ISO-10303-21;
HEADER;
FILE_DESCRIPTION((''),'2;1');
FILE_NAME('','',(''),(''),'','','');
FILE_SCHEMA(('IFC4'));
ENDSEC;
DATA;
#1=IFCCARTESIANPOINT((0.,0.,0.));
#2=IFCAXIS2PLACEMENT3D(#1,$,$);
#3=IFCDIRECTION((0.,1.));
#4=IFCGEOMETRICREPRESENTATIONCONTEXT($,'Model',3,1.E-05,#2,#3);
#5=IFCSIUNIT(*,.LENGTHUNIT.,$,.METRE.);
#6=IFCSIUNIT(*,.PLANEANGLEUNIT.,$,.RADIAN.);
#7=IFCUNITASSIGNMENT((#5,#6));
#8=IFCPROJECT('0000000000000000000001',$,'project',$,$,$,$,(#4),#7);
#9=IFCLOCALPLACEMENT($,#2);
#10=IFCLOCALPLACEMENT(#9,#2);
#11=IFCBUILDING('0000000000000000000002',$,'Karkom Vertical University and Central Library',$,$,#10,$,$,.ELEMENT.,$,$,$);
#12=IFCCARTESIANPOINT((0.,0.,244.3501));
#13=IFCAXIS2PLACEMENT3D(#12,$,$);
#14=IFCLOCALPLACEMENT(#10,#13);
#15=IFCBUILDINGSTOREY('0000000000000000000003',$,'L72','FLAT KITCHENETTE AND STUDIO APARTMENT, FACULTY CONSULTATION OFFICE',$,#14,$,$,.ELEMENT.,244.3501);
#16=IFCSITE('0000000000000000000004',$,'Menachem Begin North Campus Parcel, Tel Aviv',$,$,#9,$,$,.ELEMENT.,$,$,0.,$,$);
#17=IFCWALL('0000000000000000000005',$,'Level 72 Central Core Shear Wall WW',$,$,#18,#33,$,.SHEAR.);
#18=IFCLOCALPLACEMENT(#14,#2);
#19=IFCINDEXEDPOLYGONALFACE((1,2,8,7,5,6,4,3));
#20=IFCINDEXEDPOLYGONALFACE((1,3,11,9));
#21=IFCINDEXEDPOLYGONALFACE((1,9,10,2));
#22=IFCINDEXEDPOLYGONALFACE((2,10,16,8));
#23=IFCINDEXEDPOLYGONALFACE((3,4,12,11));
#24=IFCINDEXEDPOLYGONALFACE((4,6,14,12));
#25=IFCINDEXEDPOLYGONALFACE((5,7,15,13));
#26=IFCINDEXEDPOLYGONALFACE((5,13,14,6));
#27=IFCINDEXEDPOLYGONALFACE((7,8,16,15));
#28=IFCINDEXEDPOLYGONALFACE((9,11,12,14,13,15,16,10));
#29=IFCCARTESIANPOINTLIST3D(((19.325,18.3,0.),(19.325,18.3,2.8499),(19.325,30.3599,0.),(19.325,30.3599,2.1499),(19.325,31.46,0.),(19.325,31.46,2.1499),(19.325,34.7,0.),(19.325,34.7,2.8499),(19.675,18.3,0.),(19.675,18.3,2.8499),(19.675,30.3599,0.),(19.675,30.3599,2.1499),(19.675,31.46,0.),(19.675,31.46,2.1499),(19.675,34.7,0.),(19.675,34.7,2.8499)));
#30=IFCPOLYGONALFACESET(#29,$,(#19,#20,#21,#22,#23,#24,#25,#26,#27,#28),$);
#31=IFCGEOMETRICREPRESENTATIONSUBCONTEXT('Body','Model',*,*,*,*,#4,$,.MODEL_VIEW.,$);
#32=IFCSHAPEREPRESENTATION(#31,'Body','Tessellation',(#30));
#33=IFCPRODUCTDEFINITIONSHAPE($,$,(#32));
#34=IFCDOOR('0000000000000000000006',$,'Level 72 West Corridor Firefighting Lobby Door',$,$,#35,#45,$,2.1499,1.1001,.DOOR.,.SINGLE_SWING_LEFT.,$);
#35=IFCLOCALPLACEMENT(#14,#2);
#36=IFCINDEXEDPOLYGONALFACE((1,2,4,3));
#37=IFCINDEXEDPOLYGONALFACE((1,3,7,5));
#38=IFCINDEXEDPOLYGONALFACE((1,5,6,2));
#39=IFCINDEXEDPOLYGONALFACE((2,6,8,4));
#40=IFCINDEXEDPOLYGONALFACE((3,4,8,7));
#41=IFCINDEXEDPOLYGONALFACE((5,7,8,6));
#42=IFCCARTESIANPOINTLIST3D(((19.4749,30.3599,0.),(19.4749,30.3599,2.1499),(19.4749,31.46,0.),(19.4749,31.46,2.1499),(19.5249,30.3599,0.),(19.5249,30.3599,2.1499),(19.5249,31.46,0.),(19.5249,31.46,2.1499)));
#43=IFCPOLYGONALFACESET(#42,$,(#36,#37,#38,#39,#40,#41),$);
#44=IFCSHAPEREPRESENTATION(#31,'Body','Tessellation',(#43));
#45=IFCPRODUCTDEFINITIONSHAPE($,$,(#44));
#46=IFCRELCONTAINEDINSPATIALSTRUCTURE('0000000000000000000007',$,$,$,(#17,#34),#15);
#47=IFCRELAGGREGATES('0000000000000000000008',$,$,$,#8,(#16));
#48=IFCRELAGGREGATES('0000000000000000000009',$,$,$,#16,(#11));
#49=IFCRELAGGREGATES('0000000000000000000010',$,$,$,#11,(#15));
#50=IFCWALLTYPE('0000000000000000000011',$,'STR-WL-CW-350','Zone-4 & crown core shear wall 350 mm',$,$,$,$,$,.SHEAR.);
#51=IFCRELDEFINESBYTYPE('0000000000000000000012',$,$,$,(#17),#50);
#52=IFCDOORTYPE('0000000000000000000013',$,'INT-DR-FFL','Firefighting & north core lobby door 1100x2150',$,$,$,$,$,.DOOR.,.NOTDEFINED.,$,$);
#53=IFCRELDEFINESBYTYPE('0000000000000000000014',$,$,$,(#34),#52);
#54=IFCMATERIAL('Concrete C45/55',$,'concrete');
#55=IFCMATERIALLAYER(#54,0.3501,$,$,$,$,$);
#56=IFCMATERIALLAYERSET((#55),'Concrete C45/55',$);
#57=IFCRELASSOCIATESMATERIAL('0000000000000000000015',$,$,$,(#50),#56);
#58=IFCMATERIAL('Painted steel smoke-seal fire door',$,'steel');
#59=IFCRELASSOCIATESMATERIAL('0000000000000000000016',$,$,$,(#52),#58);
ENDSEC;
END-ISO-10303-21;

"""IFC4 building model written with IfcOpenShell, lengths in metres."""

from ifc_helpers import new_model, si_unit, direction, frame, frame_2d, origin, origin_with_axes, place, context, subcontext, project, spatial, rectangle, extrude, source, transform, mapped, material, layer, layer_set, type_object, element, fill, save


model = new_model("IFC4")

# Units and contexts
model_context = context("Model", 3, precision=1e-05, world=origin(), true_north=direction((0.0, 1.0)))
body_context = subcontext(model_context, "Body", "Model", "MODEL_VIEW")
ifc_project = project(units=[si_unit("LENGTHUNIT", "METRE"), si_unit("PLANEANGLEUNIT", "RADIAN")], contexts=[model_context])

# Site, building, storey
site_placement = place(None, origin())
site = spatial("IfcSite", under=ifc_project, at=site_placement, Name="Menachem Begin North Campus Parcel, Tel Aviv", CompositionType="ELEMENT", RefElevation=0.0)
building_placement = place(site_placement, origin())
building = spatial("IfcBuilding", under=site, at=building_placement, Name="Karkom Vertical University and Central Library", CompositionType="ELEMENT")
storey_placement = place(building_placement, frame((0.0, 0.0, 244.3501)))
storey = spatial("IfcBuildingStorey", under=building, at=storey_placement, Name="L72", Description="FLAT KITCHENETTE AND STUDIO APARTMENT, FACULTY CONSULTATION OFFICE", CompositionType="ELEMENT", Elevation=244.3501)

# Shared definitions
ifc_material_1 = material(Name="Concrete C45/55", Category="concrete")

# Wall, opening, door
ifc_layer_1 = layer(ifc_material_1, 0.3501)
ifc_layer_set_1 = layer_set([ifc_layer_1], Name="Concrete C45/55")
wall_type_1 = type_object("IfcWallType", Name="STR-WL-CW-350", Description="Zone-4 & crown core shear wall 350 mm", PredefinedType="SHEAR", material=ifc_layer_set_1)
wall_1_placement = place(storey_placement, frame((19.5, 34.7, 0.0), z_axis=(0.0, 0.0, 1.0), x_axis=(0.0, -1.0, 0.0)))
wall_1 = element("IfcWall", 1, at=wall_1_placement, inside=storey, type_object=wall_type_1, Name="Level 72 Central Core Shear Wall WW", PredefinedType="SHEAR", context=body_context, shape_type="SweptSolid", body=[
    extrude(rectangle(XDim=16.3999, YDim=0.3501, at=frame_2d((8.2, 0.0))), origin(), (0.0, 0.0, 1.0), 2.8499),
])
opening_1_placement = place(wall_1_placement, frame((3.24, 0.0, 0.0)))
opening_1 = element("IfcOpeningElement", 2, at=opening_1_placement, cuts=wall_1, PredefinedType="OPENING", context=body_context, shape_type="SweptSolid", body=[
    extrude(rectangle(XDim=1.1001, YDim=2.1499, at=frame_2d((0.55, 1.075))), frame((0.0, 0.1851, 0.0), z_axis=(0.0, -1.0, 0.0), x_axis=(1.0, 0.0, 0.0)), (0.0, 0.0, 1.0), 0.3701),
])
ifc_material_2 = material(Name="Painted steel smoke-seal fire door", Category="steel")
door_type_1 = type_object("IfcDoorType", Name="INT-DR-FFL", Description="Firefighting & north core lobby door 1100x2150", OperationType="NOTDEFINED", PredefinedType="DOOR", material=ifc_material_2)
shared_shape_1 = source(origin_with_axes(), body_context, "Body", "SweptSolid", [
    extrude(rectangle(XDim=1.1001, YDim=2.1499, at=frame_2d((0.55, 1.075))), frame((0.0, 0.0249, 0.0), z_axis=(0.0, -1.0, 0.0), x_axis=(1.0, 0.0, 0.0)), (0.0, 0.0, 1.0), 0.05),
])
door_1_placement = place(opening_1_placement, origin())
door_1 = element("IfcDoor", 3, at=door_1_placement, inside=storey, type_object=door_type_1, Name="Level 72 West Corridor Firefighting Lobby Door", OperationType="SINGLE_SWING_LEFT", OverallHeight=2.1499, OverallWidth=1.1001, PredefinedType="DOOR", context=body_context, shape_type="MappedRepresentation", body=[
    mapped(shared_shape_1, transform((0.0, 0.0, 0.0), scale=1.0)),
])
fill(opening_1, door_1)

save(model, "model.ifc")
